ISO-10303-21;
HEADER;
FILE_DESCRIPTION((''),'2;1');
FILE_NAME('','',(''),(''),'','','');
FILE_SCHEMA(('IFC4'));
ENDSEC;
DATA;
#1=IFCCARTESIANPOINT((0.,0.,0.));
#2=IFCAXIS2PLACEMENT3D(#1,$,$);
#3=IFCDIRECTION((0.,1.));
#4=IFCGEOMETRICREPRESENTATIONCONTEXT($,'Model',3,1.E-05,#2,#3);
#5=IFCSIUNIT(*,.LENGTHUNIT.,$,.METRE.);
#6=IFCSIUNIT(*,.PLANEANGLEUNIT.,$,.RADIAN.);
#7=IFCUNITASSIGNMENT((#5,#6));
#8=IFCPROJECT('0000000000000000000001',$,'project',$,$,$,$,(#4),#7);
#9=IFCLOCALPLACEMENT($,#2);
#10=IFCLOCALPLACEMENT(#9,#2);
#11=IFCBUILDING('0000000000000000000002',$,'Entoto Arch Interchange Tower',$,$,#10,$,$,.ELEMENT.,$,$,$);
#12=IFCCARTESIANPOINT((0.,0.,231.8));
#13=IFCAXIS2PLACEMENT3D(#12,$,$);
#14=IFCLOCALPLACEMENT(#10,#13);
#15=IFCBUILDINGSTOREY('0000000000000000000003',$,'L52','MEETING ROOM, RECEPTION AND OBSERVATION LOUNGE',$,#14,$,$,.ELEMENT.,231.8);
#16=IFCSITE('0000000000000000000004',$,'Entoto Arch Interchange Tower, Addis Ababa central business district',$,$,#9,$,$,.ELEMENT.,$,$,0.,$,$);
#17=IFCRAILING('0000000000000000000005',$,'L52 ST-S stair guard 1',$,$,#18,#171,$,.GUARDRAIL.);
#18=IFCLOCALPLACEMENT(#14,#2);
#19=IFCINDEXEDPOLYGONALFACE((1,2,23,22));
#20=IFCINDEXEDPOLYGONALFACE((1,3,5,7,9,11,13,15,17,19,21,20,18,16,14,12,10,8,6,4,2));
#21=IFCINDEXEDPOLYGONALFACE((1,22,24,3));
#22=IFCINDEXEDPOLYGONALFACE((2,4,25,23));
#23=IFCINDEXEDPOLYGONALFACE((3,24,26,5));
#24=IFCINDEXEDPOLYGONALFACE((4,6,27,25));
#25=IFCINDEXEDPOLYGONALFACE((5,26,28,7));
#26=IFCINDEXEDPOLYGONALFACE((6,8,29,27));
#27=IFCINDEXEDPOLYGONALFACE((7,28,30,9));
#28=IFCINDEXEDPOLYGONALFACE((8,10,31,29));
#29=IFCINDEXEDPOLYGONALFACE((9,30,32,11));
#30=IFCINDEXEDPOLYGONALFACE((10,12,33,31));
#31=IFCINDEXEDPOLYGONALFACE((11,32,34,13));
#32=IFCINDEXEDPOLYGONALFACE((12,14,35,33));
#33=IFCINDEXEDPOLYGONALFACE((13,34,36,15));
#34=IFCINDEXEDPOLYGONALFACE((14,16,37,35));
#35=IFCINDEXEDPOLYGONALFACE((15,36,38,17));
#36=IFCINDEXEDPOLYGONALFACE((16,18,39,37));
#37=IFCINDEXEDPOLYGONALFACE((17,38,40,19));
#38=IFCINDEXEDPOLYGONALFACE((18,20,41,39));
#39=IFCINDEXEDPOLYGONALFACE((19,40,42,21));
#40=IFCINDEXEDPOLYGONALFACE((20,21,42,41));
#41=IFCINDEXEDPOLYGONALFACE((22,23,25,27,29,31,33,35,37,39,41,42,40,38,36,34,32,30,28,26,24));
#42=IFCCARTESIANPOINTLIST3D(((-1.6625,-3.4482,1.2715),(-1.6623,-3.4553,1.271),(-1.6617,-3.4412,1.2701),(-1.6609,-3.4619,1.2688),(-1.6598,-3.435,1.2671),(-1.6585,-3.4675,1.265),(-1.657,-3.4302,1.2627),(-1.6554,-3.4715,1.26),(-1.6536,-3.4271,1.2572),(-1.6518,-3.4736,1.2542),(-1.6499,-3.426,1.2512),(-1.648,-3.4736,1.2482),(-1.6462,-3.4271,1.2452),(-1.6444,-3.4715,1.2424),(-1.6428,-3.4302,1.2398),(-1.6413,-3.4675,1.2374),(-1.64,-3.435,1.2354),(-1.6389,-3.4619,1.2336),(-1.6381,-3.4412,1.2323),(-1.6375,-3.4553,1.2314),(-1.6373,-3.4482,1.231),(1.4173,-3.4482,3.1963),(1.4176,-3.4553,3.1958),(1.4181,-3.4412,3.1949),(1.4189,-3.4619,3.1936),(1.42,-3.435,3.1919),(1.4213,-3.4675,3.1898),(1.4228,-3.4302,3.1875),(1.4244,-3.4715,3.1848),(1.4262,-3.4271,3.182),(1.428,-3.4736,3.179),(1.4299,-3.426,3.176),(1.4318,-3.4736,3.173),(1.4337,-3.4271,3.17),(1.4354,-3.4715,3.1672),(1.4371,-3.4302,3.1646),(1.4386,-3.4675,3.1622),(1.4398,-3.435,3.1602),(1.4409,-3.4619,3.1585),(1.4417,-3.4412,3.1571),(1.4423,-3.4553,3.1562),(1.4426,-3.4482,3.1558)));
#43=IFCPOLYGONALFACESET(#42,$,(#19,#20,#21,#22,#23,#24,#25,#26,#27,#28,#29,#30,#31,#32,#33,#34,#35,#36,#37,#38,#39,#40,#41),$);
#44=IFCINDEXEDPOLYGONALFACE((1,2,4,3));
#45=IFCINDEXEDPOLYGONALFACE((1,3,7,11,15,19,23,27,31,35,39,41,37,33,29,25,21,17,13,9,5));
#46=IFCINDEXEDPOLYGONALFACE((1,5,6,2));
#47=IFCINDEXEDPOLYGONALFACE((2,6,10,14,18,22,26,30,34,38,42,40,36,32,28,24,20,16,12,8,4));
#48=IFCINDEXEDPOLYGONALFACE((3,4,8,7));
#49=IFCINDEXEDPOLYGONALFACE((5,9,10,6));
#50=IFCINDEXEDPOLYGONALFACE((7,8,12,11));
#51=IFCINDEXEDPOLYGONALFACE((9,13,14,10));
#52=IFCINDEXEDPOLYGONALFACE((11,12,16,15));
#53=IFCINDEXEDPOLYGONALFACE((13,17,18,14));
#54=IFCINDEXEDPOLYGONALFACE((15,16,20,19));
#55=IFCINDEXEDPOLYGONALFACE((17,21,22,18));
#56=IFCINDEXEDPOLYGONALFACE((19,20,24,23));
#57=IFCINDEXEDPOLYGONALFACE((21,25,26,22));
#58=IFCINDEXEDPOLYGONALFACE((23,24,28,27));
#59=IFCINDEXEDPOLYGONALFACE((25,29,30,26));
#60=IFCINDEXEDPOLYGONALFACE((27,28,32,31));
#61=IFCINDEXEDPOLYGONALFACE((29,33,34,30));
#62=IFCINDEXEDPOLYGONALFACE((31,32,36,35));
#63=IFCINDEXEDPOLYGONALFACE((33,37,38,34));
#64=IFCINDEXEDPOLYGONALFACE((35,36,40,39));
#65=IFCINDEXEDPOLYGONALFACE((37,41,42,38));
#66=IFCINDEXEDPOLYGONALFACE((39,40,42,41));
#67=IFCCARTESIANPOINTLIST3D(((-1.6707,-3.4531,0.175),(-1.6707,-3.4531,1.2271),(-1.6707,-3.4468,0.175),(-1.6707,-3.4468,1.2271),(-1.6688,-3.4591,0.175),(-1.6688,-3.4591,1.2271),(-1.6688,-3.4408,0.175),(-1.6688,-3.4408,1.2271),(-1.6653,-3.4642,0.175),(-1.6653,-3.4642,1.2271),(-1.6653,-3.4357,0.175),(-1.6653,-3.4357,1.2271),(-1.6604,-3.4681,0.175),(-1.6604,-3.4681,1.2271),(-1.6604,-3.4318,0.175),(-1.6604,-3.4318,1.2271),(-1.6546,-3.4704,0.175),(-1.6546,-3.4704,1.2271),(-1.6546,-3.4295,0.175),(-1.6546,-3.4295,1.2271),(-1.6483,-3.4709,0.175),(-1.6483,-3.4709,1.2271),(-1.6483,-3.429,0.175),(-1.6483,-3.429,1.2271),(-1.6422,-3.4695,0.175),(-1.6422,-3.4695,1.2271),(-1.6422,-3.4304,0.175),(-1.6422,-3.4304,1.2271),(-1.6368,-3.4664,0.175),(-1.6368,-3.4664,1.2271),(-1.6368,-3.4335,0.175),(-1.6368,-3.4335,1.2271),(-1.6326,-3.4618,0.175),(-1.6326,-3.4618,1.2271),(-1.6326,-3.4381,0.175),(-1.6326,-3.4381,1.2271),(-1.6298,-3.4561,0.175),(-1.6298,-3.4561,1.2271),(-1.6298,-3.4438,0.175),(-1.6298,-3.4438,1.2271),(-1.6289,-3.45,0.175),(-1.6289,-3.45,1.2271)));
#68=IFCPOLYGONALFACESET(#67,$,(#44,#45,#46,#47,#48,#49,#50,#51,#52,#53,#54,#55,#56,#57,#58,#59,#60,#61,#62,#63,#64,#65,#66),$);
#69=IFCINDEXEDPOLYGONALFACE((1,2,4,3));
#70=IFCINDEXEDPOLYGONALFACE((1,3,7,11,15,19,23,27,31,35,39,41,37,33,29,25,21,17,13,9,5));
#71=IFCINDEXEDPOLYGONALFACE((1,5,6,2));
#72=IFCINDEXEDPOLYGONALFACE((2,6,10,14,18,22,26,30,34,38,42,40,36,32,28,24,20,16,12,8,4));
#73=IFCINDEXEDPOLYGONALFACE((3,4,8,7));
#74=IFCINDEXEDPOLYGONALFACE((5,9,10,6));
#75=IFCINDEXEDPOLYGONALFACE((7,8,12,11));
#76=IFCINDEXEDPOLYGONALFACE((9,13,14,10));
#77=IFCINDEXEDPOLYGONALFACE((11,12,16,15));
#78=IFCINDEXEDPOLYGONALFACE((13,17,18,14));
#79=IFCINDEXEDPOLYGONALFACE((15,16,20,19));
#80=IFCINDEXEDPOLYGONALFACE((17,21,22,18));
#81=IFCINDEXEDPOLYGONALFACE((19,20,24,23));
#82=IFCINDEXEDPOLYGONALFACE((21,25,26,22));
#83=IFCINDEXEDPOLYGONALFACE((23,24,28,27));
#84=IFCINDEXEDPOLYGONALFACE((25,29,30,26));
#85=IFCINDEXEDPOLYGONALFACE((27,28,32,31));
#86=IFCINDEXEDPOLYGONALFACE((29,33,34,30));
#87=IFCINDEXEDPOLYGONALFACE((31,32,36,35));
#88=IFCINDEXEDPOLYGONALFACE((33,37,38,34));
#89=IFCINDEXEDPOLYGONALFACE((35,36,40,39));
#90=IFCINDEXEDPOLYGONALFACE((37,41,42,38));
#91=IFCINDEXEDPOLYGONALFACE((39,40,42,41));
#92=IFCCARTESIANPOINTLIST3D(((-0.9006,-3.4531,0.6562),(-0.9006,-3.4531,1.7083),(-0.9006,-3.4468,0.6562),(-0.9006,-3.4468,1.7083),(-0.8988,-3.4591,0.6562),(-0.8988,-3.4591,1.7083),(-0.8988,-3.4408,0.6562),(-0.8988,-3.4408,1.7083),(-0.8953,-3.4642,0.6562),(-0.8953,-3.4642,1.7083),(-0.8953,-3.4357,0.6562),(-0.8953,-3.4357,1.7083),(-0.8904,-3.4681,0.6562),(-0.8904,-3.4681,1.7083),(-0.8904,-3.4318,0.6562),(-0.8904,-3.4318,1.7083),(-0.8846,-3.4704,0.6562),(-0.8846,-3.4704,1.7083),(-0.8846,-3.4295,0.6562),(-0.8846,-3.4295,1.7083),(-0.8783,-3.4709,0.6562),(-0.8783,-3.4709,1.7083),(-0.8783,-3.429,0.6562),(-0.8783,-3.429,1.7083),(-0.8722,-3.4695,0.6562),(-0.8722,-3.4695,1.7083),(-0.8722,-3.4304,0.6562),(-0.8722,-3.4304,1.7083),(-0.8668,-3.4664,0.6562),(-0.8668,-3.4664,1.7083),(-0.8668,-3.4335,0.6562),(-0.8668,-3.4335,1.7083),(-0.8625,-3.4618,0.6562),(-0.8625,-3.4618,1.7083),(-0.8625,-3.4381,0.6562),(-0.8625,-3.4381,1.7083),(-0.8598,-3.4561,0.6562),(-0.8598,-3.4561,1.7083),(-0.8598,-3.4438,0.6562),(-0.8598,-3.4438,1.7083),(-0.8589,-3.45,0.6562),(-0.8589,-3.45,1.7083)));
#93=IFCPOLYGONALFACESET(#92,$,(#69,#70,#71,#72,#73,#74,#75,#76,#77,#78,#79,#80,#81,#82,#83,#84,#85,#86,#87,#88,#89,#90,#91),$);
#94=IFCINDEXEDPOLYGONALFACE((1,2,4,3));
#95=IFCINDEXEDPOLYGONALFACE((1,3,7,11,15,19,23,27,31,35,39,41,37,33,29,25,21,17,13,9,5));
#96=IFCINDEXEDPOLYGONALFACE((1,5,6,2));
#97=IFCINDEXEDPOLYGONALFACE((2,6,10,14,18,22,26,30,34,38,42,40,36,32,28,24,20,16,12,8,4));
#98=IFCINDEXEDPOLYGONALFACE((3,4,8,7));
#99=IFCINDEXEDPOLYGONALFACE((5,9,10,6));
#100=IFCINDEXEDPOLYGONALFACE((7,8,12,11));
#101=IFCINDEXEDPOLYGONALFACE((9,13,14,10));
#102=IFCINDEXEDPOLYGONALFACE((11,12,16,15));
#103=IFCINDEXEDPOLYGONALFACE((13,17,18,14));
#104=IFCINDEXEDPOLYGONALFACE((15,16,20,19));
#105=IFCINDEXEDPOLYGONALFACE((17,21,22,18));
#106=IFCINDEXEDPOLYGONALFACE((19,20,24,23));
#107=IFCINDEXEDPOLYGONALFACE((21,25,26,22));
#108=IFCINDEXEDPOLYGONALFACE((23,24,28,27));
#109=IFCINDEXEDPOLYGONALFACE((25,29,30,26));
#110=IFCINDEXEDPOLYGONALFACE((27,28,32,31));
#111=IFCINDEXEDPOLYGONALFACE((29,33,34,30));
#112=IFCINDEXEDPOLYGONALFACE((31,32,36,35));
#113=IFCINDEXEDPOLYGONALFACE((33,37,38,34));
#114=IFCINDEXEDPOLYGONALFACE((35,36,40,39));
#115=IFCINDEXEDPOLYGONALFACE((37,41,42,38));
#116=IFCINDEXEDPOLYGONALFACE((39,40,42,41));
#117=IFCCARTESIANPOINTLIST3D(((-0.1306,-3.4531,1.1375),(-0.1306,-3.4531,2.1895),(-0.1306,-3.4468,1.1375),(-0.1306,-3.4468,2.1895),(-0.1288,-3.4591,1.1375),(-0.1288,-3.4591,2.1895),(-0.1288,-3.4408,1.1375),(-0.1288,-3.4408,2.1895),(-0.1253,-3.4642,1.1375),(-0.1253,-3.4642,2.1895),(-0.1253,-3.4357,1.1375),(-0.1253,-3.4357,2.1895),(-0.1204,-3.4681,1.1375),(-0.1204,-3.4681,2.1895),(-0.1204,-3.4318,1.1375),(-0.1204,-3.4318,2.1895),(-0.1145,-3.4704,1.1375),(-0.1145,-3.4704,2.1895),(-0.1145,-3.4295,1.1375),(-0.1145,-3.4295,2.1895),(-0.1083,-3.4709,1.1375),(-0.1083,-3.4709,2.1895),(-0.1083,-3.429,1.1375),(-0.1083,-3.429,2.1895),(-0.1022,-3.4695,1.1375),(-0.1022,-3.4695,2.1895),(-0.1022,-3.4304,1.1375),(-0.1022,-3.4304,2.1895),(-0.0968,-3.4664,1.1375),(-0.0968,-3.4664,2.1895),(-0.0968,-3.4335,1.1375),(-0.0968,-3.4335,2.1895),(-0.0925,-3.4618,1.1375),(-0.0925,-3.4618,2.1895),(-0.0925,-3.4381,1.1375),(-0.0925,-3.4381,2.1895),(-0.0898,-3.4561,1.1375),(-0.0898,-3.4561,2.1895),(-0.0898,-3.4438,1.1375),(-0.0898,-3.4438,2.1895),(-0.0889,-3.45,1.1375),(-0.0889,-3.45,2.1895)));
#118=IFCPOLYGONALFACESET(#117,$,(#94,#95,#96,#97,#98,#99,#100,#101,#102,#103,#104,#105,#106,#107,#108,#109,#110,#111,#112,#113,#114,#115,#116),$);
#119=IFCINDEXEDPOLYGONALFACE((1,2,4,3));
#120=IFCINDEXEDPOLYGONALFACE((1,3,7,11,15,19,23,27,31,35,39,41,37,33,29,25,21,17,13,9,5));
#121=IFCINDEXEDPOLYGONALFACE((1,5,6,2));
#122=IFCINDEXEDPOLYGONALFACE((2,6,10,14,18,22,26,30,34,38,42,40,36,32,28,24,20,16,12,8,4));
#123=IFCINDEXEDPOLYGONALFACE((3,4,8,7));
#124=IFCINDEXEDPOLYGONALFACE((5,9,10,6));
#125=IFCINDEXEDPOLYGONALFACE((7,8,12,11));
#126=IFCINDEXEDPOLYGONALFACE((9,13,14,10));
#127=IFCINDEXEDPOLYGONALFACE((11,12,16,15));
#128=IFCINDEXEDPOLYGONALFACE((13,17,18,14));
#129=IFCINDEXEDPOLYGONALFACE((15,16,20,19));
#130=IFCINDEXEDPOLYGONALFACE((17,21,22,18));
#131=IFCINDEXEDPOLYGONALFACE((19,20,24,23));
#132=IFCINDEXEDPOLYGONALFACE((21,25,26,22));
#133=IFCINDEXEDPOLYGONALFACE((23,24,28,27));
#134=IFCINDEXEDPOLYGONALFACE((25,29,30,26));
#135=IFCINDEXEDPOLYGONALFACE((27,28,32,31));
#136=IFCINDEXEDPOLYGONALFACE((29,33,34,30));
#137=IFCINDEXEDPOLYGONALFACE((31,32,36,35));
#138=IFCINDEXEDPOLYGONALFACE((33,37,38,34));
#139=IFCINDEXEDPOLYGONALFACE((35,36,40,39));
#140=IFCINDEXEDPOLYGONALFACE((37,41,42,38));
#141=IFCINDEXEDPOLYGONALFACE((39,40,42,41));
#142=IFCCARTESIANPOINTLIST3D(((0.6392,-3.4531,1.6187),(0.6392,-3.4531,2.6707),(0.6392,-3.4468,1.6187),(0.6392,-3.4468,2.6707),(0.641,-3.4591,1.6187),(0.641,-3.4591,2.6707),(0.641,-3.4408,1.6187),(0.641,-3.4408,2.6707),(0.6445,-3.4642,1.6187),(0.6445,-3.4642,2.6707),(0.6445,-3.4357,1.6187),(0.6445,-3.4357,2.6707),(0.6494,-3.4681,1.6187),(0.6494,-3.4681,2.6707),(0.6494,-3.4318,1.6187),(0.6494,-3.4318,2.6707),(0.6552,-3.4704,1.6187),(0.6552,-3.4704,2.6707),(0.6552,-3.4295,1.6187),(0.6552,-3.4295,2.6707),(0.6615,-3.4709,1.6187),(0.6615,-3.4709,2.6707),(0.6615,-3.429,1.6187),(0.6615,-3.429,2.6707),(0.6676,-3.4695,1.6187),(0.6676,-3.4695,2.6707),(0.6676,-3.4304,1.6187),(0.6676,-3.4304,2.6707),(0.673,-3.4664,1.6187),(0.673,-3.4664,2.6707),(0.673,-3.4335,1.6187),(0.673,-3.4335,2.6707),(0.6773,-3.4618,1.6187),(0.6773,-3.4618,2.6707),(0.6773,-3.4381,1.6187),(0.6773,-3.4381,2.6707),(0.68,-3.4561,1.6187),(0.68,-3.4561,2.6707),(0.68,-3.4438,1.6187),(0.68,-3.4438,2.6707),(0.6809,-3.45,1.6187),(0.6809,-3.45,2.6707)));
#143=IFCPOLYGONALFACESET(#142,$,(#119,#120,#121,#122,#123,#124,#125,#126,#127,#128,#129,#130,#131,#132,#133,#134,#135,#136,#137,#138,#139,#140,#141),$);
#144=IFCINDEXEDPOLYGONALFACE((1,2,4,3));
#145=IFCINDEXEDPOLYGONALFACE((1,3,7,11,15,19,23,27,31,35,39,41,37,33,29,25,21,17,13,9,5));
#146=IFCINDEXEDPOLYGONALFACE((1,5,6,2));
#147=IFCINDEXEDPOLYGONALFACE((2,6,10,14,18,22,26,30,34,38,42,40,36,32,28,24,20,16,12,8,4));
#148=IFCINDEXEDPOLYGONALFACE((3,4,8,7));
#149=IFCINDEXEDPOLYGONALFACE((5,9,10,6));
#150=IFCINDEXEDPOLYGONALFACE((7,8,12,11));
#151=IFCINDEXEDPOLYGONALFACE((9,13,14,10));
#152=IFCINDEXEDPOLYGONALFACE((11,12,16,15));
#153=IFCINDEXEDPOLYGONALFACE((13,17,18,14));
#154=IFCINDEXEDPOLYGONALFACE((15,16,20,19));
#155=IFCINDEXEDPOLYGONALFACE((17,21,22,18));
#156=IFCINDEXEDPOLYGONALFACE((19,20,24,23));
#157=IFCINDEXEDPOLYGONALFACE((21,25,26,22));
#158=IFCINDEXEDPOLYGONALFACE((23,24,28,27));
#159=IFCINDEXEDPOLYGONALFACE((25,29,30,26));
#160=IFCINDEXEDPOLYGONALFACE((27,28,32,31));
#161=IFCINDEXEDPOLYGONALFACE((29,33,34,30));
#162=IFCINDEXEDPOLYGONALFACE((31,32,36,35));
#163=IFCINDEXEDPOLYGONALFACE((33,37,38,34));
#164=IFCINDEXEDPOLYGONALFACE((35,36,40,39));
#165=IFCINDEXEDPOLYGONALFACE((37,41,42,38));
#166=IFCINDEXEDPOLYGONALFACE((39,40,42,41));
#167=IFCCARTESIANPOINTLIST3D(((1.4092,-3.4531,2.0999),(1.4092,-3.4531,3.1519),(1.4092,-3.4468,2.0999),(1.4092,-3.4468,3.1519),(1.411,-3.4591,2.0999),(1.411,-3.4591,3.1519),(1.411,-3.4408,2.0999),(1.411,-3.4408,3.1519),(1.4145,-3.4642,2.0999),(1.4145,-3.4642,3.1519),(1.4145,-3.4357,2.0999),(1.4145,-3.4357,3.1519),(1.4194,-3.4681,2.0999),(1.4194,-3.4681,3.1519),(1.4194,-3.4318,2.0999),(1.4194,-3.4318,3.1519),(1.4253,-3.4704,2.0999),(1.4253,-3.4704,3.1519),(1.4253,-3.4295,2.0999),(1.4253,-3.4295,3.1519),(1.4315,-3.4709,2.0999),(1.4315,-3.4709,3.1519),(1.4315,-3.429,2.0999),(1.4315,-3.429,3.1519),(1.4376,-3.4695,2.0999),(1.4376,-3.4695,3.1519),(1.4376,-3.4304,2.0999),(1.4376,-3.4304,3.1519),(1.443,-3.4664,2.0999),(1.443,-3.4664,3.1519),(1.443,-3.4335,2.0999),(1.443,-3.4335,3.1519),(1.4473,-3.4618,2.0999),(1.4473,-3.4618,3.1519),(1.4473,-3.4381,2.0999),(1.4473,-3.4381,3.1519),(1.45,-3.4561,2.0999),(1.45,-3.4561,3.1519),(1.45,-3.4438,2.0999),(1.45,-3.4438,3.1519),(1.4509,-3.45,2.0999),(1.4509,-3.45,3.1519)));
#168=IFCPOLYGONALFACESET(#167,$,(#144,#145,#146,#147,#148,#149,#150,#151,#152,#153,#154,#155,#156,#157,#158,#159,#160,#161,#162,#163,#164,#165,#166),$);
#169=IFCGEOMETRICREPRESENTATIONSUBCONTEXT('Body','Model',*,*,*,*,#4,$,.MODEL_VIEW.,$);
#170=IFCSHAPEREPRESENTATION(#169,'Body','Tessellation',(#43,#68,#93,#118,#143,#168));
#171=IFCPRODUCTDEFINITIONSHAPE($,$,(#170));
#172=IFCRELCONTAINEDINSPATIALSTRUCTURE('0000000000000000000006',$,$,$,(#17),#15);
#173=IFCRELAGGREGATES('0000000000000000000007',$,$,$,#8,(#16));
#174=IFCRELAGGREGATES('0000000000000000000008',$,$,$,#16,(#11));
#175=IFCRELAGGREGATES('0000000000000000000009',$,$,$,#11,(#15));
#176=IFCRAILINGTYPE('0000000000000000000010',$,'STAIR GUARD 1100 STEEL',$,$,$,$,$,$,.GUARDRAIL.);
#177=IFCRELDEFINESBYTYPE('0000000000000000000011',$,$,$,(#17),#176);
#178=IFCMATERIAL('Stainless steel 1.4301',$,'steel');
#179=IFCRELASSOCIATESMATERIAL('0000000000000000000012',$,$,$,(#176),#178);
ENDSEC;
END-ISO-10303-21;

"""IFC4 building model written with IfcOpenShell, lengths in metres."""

from ifc_helpers import new_model, si_unit, direction, frame, origin, origin_2d, place, context, subcontext, project, spatial, circle, extrude, material, type_object, element, save


model = new_model("IFC4")

# Units and contexts
model_context = context("Model", 3, precision=1e-05, world=origin(), true_north=direction((0.0, 1.0)))
body_context = subcontext(model_context, "Body", "Model", "MODEL_VIEW")
ifc_project = project(units=[si_unit("LENGTHUNIT", "METRE"), si_unit("PLANEANGLEUNIT", "RADIAN")], contexts=[model_context])

# Site, building, storey
site_placement = place(None, origin())
site = spatial("IfcSite", under=ifc_project, at=site_placement, Name="Entoto Arch Interchange Tower, Addis Ababa central business district", CompositionType="ELEMENT", RefElevation=0.0)
building_placement = place(site_placement, origin())
building = spatial("IfcBuilding", under=site, at=building_placement, Name="Entoto Arch Interchange Tower", CompositionType="ELEMENT")
storey_placement = place(building_placement, frame((0.0, 0.0, 231.8)))
storey = spatial("IfcBuildingStorey", under=building, at=storey_placement, Name="L52", Description="MEETING ROOM, RECEPTION AND OBSERVATION LOUNGE", CompositionType="ELEMENT", Elevation=231.8)

# Railing
ifc_material_1 = material(Name="Stainless steel 1.4301", Category="steel")
railing_type_1 = type_object("IfcRailingType", Name="STAIR GUARD 1100 STEEL", PredefinedType="GUARDRAIL", material=ifc_material_1)
railing_1_placement = place(storey_placement, frame((-1.6499, -3.45, 0.175)))
element("IfcRailing", 1, at=railing_1_placement, inside=storey, type_object=railing_type_1, Name="L52 ST-S stair guard 1", PredefinedType="GUARDRAIL", context=body_context, shape_type="SweptSolid", body=[
    extrude(circle(Radius=0.0239, at=origin_2d()), frame((0.0, 0.0, 1.0762), z_axis=(0.84801, 0.0, 0.529981), x_axis=(0.0, 1.0, 0.0)), (0.0, 0.0, 1.0), 3.6318),
    extrude(circle(Radius=0.021, at=origin_2d()), origin(), (0.0, 0.0, 1.0), 1.052),
    extrude(circle(Radius=0.021, at=origin_2d()), frame((0.77, 0.0, 0.4812)), (0.0, 0.0, 1.0), 1.052),
    extrude(circle(Radius=0.021, at=origin_2d()), frame((1.54, 0.0, 0.9624)), (0.0, 0.0, 1.0), 1.052),
    extrude(circle(Radius=0.021, at=origin_2d()), frame((2.3098, 0.0, 1.4436)), (0.0, 0.0, 1.0), 1.052),
    extrude(circle(Radius=0.021, at=origin_2d()), frame((3.0798, 0.0, 1.9248)), (0.0, 0.0, 1.0), 1.052),
])

save(model, "model.ifc")
